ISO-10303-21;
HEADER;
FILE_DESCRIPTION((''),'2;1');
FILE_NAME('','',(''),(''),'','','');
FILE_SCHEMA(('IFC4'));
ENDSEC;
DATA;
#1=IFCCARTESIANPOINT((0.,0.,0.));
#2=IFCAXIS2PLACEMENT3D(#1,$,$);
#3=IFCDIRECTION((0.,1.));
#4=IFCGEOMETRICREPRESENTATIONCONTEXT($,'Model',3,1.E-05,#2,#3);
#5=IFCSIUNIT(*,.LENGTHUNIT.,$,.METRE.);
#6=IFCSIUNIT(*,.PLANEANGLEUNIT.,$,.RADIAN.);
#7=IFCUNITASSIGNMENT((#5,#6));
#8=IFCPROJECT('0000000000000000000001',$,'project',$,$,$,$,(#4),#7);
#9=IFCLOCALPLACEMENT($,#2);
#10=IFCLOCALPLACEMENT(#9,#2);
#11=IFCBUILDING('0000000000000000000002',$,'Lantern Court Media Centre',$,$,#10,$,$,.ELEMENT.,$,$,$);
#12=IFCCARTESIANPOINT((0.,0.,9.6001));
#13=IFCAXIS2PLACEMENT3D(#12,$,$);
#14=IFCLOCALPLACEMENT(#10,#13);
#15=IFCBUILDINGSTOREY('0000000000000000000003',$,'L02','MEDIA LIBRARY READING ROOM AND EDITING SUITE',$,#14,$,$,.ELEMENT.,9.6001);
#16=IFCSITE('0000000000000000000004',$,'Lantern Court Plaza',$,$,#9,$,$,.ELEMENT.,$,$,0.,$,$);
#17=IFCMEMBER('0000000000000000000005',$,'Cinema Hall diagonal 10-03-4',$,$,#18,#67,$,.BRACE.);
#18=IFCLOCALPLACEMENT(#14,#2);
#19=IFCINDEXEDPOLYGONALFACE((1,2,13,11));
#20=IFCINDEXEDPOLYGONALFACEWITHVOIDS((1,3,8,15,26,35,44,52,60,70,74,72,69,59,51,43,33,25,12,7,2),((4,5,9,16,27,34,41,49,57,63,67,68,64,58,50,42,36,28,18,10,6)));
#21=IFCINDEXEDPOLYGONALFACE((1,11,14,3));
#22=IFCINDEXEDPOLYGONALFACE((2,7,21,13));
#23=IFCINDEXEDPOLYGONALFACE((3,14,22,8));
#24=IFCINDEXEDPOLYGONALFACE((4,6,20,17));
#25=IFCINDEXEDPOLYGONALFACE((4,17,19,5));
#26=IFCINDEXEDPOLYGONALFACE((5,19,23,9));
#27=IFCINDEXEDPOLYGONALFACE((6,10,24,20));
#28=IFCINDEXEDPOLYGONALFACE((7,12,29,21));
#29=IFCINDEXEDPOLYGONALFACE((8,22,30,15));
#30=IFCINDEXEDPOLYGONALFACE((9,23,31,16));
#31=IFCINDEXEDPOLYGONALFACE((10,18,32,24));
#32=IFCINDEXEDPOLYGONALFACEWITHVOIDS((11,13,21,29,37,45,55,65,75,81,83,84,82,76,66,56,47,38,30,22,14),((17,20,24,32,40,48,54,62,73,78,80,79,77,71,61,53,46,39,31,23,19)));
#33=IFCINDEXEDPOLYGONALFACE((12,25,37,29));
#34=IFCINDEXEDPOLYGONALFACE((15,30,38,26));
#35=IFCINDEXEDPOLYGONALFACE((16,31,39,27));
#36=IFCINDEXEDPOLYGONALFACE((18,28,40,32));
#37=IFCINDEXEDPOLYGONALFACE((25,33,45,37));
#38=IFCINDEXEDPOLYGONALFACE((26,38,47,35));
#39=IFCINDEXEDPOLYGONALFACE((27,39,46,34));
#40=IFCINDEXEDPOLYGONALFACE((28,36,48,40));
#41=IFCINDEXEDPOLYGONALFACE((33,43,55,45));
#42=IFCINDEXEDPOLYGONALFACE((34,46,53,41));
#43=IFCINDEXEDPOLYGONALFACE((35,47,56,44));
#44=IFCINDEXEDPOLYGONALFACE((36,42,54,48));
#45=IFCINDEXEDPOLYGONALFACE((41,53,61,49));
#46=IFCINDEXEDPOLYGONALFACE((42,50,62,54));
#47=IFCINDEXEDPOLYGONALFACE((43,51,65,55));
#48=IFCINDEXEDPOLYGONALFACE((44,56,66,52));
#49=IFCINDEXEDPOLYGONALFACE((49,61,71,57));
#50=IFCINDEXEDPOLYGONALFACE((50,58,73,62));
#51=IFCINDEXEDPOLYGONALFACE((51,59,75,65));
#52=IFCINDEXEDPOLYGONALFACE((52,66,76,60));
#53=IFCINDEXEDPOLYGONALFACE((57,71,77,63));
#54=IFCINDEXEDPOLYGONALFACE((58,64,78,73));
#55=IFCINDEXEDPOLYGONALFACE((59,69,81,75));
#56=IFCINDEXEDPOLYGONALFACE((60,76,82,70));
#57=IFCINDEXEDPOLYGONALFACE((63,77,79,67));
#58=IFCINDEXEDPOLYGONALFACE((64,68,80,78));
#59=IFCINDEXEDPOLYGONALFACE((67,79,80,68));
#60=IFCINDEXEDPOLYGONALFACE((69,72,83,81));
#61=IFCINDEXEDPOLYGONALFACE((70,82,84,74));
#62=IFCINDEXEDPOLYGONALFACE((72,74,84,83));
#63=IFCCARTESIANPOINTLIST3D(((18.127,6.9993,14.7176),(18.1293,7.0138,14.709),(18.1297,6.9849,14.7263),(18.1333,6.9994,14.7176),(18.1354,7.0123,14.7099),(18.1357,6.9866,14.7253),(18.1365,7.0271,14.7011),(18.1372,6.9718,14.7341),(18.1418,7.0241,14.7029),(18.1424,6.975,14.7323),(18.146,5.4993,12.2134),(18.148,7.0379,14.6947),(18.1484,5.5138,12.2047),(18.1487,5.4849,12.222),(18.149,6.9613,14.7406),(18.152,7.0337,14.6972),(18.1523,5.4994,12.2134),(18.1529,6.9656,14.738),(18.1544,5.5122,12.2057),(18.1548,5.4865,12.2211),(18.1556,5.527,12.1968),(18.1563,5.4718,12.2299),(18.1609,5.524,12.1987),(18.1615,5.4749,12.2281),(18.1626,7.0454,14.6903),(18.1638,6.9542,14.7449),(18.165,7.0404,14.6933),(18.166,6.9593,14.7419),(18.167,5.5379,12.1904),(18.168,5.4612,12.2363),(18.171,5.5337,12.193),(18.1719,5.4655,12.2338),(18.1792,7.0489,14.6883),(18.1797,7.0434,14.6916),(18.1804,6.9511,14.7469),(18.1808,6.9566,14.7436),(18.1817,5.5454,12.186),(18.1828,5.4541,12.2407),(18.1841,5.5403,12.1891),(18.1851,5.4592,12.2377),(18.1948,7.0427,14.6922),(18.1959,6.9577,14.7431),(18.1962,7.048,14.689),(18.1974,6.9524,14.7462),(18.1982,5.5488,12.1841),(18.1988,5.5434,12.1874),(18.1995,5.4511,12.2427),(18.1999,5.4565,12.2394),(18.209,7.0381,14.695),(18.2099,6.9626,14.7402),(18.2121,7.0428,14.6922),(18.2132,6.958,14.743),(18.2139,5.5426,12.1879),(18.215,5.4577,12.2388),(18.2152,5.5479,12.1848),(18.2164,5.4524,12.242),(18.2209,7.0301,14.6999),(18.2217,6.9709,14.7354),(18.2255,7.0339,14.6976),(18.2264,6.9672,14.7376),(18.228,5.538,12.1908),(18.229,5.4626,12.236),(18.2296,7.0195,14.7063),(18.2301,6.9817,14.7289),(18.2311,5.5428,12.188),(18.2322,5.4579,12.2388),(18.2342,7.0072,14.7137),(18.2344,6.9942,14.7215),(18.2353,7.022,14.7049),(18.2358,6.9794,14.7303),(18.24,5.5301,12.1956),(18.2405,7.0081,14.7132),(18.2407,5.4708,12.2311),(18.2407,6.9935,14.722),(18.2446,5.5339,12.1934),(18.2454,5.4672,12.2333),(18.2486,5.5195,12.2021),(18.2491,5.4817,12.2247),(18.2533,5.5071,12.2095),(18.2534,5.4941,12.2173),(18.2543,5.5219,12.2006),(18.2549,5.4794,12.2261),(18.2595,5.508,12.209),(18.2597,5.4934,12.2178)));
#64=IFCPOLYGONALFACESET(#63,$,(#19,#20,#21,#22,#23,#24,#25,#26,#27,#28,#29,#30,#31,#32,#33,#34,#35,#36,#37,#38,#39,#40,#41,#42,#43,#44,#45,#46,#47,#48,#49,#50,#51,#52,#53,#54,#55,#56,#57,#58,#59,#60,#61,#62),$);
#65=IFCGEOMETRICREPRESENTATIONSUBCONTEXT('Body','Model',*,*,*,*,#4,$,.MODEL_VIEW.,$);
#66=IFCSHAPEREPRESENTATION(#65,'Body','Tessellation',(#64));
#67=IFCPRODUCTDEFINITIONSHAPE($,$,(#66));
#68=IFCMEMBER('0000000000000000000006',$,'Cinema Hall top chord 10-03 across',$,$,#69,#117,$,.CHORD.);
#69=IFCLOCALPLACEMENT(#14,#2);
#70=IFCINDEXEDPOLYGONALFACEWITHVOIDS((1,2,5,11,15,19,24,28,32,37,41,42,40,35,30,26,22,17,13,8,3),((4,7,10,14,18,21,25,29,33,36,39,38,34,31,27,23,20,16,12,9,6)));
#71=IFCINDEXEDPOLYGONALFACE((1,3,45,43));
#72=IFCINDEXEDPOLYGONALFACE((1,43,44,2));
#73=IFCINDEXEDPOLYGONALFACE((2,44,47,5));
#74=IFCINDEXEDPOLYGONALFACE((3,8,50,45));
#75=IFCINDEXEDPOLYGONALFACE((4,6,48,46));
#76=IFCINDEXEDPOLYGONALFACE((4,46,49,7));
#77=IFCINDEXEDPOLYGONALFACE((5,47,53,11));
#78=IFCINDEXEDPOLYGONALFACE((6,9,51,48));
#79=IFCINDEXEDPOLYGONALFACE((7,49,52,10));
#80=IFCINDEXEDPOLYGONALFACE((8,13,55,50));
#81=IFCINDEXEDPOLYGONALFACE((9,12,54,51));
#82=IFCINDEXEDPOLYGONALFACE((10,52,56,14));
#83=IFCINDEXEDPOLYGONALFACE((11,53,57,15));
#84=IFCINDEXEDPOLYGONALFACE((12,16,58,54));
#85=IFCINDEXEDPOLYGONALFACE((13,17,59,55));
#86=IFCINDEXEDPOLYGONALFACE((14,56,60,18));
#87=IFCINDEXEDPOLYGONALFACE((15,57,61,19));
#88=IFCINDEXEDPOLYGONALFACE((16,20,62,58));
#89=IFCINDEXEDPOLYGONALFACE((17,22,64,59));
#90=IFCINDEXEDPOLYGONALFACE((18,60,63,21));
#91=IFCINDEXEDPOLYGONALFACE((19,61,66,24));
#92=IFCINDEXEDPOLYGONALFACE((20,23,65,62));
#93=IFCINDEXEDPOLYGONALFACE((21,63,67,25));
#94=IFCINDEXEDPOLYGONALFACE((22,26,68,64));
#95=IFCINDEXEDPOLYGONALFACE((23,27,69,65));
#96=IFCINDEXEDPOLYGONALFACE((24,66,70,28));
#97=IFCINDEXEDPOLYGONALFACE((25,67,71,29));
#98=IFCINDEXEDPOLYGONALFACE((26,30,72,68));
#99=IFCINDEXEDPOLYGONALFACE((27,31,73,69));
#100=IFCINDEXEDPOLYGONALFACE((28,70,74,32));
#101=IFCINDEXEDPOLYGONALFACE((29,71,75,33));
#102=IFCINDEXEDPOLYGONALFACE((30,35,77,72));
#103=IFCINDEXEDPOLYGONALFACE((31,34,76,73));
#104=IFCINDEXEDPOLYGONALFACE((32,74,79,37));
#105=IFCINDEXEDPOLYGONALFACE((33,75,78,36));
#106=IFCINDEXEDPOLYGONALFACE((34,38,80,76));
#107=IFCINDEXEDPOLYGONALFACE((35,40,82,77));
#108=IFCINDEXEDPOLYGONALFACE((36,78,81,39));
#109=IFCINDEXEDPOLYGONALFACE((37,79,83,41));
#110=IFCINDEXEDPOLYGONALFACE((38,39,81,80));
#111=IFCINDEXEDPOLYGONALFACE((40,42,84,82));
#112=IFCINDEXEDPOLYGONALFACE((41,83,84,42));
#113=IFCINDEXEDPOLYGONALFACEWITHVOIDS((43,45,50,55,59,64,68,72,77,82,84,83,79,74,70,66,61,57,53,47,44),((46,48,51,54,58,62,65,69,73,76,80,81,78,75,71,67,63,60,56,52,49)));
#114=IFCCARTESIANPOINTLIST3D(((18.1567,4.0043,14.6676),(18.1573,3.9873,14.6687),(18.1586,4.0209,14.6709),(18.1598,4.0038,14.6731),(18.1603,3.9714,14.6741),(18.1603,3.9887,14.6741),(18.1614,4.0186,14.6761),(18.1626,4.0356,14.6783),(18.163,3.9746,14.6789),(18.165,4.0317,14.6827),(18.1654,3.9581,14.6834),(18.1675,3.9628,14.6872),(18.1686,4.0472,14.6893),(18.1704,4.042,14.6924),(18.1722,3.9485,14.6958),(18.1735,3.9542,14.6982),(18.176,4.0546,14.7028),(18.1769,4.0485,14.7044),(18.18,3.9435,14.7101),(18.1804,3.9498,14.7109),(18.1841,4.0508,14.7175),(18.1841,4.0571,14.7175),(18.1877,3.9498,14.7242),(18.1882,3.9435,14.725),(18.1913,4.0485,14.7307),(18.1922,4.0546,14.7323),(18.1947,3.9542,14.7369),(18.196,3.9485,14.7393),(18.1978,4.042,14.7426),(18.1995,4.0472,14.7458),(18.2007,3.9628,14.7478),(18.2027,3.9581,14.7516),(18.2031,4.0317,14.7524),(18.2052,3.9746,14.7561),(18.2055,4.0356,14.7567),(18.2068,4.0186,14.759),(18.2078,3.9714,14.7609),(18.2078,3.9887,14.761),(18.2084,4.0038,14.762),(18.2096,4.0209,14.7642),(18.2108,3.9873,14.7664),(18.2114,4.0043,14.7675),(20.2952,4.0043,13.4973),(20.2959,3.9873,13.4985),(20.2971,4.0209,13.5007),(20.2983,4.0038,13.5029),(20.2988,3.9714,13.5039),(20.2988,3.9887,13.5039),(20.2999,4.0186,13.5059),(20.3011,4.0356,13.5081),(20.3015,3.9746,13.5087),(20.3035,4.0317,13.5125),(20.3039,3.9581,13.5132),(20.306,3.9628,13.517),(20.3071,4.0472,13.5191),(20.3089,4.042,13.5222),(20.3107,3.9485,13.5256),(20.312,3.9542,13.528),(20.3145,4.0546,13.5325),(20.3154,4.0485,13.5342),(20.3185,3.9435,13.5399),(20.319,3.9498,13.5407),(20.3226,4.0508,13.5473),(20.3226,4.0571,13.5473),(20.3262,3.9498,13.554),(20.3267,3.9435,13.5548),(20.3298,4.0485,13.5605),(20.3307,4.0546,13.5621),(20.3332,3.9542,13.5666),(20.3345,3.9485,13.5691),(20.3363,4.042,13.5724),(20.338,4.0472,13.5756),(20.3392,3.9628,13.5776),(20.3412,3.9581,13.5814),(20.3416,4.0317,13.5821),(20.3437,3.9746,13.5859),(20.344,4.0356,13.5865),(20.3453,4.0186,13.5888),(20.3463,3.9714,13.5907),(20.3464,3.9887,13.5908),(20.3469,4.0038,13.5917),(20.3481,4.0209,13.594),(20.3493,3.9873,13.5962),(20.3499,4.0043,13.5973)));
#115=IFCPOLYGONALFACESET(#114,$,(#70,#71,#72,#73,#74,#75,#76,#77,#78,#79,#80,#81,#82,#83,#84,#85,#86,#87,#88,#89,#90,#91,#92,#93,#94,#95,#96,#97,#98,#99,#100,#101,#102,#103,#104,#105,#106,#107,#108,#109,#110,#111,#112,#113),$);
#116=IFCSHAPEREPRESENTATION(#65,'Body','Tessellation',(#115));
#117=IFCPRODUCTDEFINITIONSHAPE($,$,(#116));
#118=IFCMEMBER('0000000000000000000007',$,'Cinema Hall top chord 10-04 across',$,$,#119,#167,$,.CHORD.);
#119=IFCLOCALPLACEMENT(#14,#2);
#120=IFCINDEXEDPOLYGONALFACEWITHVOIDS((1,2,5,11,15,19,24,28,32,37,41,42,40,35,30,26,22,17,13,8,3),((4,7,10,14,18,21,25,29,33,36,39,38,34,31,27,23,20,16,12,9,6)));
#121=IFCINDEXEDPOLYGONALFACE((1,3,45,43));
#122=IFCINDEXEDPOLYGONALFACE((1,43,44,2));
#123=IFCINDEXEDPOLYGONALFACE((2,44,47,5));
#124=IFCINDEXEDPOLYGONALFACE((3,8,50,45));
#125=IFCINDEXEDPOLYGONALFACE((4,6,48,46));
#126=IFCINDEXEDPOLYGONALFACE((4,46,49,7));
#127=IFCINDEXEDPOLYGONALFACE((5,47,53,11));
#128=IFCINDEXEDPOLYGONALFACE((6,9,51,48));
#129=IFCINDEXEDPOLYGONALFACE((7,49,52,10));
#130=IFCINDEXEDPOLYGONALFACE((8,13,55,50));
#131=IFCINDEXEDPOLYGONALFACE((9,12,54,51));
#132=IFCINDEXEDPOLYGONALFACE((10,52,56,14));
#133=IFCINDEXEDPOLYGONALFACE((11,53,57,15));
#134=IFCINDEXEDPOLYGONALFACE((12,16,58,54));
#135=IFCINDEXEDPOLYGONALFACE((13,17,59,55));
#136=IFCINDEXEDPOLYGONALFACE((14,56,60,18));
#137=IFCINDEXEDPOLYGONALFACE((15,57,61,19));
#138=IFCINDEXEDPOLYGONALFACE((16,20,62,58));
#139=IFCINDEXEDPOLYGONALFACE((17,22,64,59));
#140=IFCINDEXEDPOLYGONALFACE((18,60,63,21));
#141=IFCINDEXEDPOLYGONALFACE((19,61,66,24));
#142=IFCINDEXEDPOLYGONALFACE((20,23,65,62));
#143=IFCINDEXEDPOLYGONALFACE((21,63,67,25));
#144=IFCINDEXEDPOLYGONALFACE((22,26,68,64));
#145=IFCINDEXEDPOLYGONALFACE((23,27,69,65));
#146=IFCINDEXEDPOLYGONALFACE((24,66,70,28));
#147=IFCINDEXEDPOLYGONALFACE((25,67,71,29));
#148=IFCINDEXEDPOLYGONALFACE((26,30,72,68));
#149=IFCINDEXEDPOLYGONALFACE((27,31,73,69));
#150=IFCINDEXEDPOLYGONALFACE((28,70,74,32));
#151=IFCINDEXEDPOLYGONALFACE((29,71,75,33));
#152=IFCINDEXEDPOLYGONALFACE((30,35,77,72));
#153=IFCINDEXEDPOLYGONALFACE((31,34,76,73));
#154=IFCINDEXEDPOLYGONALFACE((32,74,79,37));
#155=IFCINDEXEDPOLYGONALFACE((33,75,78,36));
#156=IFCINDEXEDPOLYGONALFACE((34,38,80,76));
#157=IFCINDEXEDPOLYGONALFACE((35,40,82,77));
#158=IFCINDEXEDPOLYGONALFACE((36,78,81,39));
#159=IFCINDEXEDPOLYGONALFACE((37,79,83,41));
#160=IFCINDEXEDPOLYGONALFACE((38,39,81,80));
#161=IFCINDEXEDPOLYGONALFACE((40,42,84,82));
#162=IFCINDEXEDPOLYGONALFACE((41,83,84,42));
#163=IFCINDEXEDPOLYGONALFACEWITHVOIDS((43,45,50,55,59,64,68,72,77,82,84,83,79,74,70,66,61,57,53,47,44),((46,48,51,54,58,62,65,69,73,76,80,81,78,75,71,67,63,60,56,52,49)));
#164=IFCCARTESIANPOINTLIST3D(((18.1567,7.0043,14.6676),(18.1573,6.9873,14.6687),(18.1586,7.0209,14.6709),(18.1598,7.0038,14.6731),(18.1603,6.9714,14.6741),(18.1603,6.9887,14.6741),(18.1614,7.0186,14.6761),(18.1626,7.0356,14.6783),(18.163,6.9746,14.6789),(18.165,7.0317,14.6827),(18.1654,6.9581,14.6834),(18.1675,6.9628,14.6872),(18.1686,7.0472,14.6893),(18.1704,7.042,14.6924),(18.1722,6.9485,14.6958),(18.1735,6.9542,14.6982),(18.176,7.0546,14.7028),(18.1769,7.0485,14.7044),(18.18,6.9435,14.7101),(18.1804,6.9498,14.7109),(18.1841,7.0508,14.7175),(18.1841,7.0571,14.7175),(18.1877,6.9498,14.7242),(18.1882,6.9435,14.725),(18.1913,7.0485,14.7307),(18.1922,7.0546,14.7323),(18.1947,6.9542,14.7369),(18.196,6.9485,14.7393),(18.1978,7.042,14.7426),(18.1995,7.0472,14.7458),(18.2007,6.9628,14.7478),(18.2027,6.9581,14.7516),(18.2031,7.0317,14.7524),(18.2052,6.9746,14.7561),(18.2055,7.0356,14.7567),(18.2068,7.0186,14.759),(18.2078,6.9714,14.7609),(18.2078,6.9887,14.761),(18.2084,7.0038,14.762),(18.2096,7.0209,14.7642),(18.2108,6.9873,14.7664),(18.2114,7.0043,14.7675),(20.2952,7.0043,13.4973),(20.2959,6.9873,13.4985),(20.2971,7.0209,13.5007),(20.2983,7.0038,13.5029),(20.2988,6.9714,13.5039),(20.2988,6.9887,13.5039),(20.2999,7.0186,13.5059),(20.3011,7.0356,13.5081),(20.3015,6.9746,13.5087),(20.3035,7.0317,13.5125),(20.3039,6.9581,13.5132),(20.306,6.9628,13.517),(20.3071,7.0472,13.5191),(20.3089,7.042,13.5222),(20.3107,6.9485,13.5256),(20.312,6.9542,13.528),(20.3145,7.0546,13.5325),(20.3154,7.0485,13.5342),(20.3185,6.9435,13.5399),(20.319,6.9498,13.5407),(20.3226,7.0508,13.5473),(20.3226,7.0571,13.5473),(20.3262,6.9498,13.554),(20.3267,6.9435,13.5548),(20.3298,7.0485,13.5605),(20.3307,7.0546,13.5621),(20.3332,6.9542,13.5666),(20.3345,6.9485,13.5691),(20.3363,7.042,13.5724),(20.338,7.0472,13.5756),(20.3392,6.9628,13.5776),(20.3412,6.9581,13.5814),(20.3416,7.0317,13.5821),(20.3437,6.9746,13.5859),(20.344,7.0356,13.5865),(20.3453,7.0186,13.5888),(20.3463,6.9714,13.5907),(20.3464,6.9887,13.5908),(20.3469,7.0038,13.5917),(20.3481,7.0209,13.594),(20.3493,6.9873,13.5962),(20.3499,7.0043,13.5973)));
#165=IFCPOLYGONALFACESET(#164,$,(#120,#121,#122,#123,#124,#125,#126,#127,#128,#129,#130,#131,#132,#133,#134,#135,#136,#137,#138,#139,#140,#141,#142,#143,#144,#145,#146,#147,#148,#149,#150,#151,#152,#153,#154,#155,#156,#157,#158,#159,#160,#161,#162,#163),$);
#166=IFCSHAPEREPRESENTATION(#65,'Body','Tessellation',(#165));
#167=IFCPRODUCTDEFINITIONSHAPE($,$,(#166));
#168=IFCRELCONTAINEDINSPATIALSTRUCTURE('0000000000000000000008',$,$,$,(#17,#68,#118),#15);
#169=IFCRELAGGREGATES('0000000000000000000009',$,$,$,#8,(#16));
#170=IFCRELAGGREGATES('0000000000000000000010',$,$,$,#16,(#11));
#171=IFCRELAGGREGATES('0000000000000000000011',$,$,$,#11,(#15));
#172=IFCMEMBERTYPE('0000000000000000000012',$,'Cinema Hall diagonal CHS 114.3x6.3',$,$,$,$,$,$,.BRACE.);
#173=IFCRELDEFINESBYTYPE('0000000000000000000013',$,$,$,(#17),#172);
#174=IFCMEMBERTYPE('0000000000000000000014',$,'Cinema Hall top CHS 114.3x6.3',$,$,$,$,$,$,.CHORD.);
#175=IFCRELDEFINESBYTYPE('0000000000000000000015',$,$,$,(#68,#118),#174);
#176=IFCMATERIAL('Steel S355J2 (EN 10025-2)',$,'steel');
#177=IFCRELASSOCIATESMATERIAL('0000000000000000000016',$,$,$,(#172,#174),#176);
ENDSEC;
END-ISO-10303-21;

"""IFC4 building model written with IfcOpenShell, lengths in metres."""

from ifc_helpers import new_model, si_unit, direction, frame, origin, origin_2d, place, context, subcontext, project, spatial, hollow_circle, extrude, material, material_profile, profile_set, type_object, element, save


model = new_model("IFC4")

# Units and contexts
model_context = context("Model", 3, precision=1e-05, world=origin(), true_north=direction((0.0, 1.0)))
body_context = subcontext(model_context, "Body", "Model", "MODEL_VIEW")
ifc_project = project(units=[si_unit("LENGTHUNIT", "METRE"), si_unit("PLANEANGLEUNIT", "RADIAN")], contexts=[model_context])

# Site, building, storey
site_placement = place(None, origin())
site = spatial("IfcSite", under=ifc_project, at=site_placement, Name="Lantern Court Plaza", CompositionType="ELEMENT", RefElevation=0.0)
building_placement = place(site_placement, origin())
building = spatial("IfcBuilding", under=site, at=building_placement, Name="Lantern Court Media Centre", CompositionType="ELEMENT")
storey_placement = place(building_placement, frame((0.0, 0.0, 9.6001)))
storey = spatial("IfcBuildingStorey", under=building, at=storey_placement, Name="L02", Description="MEDIA LIBRARY READING ROOM AND EDITING SUITE", CompositionType="ELEMENT", Elevation=9.6001)

# Members
ifc_material = material(Name="Steel S355J2 (EN 10025-2)", Category="steel")
ifc_material_profile_1 = material_profile(ifc_material, hollow_circle(Radius=0.0571, WallThickness=0.0063, at=origin_2d()), Name="Cinema Hall diagonal CHS 114.3x6.3")
ifc_profile_set_1 = profile_set([ifc_material_profile_1], Name="Steel S355J2 (EN 10025-2)")
member_type_1 = type_object("IfcMemberType", Name="Cinema Hall diagonal CHS 114.3x6.3", PredefinedType="BRACE", material=ifc_profile_set_1)
for number, where, z_axis, x_axis, name in (
    (1, (18.2031, 5.5, 12.2134), (-0.006524, 0.513857, 0.857851), (-0.999919, -0.012694, 0.0), "Cinema Hall diagonal 10-03-4"),
):
    element("IfcMember", number, at=place(storey_placement, frame(where, z_axis=z_axis, x_axis=x_axis)), inside=storey, type_object=member_type_1, Name=name, PredefinedType="BRACE", context=body_context, shape_type="SweptSolid", body=[
        extrude(hollow_circle(Radius=0.0571, WallThickness=0.0063, at=origin_2d()), origin(), (0.0, 0.0, 1.0), 2.9192),
    ])
ifc_material_profile_2 = material_profile(ifc_material, hollow_circle(Radius=0.0571, WallThickness=0.0063, at=origin_2d()), Name="Cinema Hall top CHS 114.3x6.3")
ifc_profile_set_2 = profile_set([ifc_material_profile_2], Name="Steel S355J2 (EN 10025-2)")
member_type_2 = type_object("IfcMemberType", Name="Cinema Hall top CHS 114.3x6.3", PredefinedType="CHORD", material=ifc_profile_set_2)
for number, where, z_axis, x_axis, name in (
    (2, (18.1841, 4.0, 14.7175), (0.877248, 0.0, -0.480038), (0.0, 1.0, 0.0), "Cinema Hall top chord 10-03 across"),
    (3, (18.1841, 7.0, 14.7175), (0.877248, 0.0, -0.480038), (0.0, 1.0, 0.0), "Cinema Hall top chord 10-04 across"),
):
    element("IfcMember", number, at=place(storey_placement, frame(where, z_axis=z_axis, x_axis=x_axis)), inside=storey, type_object=member_type_2, Name=name, PredefinedType="CHORD", context=body_context, shape_type="SweptSolid", body=[
        extrude(hollow_circle(Radius=0.0571, WallThickness=0.0063, at=origin_2d()), origin(), (0.0, 0.0, 1.0), 2.4377),
    ])

save(model, "model.ifc")
